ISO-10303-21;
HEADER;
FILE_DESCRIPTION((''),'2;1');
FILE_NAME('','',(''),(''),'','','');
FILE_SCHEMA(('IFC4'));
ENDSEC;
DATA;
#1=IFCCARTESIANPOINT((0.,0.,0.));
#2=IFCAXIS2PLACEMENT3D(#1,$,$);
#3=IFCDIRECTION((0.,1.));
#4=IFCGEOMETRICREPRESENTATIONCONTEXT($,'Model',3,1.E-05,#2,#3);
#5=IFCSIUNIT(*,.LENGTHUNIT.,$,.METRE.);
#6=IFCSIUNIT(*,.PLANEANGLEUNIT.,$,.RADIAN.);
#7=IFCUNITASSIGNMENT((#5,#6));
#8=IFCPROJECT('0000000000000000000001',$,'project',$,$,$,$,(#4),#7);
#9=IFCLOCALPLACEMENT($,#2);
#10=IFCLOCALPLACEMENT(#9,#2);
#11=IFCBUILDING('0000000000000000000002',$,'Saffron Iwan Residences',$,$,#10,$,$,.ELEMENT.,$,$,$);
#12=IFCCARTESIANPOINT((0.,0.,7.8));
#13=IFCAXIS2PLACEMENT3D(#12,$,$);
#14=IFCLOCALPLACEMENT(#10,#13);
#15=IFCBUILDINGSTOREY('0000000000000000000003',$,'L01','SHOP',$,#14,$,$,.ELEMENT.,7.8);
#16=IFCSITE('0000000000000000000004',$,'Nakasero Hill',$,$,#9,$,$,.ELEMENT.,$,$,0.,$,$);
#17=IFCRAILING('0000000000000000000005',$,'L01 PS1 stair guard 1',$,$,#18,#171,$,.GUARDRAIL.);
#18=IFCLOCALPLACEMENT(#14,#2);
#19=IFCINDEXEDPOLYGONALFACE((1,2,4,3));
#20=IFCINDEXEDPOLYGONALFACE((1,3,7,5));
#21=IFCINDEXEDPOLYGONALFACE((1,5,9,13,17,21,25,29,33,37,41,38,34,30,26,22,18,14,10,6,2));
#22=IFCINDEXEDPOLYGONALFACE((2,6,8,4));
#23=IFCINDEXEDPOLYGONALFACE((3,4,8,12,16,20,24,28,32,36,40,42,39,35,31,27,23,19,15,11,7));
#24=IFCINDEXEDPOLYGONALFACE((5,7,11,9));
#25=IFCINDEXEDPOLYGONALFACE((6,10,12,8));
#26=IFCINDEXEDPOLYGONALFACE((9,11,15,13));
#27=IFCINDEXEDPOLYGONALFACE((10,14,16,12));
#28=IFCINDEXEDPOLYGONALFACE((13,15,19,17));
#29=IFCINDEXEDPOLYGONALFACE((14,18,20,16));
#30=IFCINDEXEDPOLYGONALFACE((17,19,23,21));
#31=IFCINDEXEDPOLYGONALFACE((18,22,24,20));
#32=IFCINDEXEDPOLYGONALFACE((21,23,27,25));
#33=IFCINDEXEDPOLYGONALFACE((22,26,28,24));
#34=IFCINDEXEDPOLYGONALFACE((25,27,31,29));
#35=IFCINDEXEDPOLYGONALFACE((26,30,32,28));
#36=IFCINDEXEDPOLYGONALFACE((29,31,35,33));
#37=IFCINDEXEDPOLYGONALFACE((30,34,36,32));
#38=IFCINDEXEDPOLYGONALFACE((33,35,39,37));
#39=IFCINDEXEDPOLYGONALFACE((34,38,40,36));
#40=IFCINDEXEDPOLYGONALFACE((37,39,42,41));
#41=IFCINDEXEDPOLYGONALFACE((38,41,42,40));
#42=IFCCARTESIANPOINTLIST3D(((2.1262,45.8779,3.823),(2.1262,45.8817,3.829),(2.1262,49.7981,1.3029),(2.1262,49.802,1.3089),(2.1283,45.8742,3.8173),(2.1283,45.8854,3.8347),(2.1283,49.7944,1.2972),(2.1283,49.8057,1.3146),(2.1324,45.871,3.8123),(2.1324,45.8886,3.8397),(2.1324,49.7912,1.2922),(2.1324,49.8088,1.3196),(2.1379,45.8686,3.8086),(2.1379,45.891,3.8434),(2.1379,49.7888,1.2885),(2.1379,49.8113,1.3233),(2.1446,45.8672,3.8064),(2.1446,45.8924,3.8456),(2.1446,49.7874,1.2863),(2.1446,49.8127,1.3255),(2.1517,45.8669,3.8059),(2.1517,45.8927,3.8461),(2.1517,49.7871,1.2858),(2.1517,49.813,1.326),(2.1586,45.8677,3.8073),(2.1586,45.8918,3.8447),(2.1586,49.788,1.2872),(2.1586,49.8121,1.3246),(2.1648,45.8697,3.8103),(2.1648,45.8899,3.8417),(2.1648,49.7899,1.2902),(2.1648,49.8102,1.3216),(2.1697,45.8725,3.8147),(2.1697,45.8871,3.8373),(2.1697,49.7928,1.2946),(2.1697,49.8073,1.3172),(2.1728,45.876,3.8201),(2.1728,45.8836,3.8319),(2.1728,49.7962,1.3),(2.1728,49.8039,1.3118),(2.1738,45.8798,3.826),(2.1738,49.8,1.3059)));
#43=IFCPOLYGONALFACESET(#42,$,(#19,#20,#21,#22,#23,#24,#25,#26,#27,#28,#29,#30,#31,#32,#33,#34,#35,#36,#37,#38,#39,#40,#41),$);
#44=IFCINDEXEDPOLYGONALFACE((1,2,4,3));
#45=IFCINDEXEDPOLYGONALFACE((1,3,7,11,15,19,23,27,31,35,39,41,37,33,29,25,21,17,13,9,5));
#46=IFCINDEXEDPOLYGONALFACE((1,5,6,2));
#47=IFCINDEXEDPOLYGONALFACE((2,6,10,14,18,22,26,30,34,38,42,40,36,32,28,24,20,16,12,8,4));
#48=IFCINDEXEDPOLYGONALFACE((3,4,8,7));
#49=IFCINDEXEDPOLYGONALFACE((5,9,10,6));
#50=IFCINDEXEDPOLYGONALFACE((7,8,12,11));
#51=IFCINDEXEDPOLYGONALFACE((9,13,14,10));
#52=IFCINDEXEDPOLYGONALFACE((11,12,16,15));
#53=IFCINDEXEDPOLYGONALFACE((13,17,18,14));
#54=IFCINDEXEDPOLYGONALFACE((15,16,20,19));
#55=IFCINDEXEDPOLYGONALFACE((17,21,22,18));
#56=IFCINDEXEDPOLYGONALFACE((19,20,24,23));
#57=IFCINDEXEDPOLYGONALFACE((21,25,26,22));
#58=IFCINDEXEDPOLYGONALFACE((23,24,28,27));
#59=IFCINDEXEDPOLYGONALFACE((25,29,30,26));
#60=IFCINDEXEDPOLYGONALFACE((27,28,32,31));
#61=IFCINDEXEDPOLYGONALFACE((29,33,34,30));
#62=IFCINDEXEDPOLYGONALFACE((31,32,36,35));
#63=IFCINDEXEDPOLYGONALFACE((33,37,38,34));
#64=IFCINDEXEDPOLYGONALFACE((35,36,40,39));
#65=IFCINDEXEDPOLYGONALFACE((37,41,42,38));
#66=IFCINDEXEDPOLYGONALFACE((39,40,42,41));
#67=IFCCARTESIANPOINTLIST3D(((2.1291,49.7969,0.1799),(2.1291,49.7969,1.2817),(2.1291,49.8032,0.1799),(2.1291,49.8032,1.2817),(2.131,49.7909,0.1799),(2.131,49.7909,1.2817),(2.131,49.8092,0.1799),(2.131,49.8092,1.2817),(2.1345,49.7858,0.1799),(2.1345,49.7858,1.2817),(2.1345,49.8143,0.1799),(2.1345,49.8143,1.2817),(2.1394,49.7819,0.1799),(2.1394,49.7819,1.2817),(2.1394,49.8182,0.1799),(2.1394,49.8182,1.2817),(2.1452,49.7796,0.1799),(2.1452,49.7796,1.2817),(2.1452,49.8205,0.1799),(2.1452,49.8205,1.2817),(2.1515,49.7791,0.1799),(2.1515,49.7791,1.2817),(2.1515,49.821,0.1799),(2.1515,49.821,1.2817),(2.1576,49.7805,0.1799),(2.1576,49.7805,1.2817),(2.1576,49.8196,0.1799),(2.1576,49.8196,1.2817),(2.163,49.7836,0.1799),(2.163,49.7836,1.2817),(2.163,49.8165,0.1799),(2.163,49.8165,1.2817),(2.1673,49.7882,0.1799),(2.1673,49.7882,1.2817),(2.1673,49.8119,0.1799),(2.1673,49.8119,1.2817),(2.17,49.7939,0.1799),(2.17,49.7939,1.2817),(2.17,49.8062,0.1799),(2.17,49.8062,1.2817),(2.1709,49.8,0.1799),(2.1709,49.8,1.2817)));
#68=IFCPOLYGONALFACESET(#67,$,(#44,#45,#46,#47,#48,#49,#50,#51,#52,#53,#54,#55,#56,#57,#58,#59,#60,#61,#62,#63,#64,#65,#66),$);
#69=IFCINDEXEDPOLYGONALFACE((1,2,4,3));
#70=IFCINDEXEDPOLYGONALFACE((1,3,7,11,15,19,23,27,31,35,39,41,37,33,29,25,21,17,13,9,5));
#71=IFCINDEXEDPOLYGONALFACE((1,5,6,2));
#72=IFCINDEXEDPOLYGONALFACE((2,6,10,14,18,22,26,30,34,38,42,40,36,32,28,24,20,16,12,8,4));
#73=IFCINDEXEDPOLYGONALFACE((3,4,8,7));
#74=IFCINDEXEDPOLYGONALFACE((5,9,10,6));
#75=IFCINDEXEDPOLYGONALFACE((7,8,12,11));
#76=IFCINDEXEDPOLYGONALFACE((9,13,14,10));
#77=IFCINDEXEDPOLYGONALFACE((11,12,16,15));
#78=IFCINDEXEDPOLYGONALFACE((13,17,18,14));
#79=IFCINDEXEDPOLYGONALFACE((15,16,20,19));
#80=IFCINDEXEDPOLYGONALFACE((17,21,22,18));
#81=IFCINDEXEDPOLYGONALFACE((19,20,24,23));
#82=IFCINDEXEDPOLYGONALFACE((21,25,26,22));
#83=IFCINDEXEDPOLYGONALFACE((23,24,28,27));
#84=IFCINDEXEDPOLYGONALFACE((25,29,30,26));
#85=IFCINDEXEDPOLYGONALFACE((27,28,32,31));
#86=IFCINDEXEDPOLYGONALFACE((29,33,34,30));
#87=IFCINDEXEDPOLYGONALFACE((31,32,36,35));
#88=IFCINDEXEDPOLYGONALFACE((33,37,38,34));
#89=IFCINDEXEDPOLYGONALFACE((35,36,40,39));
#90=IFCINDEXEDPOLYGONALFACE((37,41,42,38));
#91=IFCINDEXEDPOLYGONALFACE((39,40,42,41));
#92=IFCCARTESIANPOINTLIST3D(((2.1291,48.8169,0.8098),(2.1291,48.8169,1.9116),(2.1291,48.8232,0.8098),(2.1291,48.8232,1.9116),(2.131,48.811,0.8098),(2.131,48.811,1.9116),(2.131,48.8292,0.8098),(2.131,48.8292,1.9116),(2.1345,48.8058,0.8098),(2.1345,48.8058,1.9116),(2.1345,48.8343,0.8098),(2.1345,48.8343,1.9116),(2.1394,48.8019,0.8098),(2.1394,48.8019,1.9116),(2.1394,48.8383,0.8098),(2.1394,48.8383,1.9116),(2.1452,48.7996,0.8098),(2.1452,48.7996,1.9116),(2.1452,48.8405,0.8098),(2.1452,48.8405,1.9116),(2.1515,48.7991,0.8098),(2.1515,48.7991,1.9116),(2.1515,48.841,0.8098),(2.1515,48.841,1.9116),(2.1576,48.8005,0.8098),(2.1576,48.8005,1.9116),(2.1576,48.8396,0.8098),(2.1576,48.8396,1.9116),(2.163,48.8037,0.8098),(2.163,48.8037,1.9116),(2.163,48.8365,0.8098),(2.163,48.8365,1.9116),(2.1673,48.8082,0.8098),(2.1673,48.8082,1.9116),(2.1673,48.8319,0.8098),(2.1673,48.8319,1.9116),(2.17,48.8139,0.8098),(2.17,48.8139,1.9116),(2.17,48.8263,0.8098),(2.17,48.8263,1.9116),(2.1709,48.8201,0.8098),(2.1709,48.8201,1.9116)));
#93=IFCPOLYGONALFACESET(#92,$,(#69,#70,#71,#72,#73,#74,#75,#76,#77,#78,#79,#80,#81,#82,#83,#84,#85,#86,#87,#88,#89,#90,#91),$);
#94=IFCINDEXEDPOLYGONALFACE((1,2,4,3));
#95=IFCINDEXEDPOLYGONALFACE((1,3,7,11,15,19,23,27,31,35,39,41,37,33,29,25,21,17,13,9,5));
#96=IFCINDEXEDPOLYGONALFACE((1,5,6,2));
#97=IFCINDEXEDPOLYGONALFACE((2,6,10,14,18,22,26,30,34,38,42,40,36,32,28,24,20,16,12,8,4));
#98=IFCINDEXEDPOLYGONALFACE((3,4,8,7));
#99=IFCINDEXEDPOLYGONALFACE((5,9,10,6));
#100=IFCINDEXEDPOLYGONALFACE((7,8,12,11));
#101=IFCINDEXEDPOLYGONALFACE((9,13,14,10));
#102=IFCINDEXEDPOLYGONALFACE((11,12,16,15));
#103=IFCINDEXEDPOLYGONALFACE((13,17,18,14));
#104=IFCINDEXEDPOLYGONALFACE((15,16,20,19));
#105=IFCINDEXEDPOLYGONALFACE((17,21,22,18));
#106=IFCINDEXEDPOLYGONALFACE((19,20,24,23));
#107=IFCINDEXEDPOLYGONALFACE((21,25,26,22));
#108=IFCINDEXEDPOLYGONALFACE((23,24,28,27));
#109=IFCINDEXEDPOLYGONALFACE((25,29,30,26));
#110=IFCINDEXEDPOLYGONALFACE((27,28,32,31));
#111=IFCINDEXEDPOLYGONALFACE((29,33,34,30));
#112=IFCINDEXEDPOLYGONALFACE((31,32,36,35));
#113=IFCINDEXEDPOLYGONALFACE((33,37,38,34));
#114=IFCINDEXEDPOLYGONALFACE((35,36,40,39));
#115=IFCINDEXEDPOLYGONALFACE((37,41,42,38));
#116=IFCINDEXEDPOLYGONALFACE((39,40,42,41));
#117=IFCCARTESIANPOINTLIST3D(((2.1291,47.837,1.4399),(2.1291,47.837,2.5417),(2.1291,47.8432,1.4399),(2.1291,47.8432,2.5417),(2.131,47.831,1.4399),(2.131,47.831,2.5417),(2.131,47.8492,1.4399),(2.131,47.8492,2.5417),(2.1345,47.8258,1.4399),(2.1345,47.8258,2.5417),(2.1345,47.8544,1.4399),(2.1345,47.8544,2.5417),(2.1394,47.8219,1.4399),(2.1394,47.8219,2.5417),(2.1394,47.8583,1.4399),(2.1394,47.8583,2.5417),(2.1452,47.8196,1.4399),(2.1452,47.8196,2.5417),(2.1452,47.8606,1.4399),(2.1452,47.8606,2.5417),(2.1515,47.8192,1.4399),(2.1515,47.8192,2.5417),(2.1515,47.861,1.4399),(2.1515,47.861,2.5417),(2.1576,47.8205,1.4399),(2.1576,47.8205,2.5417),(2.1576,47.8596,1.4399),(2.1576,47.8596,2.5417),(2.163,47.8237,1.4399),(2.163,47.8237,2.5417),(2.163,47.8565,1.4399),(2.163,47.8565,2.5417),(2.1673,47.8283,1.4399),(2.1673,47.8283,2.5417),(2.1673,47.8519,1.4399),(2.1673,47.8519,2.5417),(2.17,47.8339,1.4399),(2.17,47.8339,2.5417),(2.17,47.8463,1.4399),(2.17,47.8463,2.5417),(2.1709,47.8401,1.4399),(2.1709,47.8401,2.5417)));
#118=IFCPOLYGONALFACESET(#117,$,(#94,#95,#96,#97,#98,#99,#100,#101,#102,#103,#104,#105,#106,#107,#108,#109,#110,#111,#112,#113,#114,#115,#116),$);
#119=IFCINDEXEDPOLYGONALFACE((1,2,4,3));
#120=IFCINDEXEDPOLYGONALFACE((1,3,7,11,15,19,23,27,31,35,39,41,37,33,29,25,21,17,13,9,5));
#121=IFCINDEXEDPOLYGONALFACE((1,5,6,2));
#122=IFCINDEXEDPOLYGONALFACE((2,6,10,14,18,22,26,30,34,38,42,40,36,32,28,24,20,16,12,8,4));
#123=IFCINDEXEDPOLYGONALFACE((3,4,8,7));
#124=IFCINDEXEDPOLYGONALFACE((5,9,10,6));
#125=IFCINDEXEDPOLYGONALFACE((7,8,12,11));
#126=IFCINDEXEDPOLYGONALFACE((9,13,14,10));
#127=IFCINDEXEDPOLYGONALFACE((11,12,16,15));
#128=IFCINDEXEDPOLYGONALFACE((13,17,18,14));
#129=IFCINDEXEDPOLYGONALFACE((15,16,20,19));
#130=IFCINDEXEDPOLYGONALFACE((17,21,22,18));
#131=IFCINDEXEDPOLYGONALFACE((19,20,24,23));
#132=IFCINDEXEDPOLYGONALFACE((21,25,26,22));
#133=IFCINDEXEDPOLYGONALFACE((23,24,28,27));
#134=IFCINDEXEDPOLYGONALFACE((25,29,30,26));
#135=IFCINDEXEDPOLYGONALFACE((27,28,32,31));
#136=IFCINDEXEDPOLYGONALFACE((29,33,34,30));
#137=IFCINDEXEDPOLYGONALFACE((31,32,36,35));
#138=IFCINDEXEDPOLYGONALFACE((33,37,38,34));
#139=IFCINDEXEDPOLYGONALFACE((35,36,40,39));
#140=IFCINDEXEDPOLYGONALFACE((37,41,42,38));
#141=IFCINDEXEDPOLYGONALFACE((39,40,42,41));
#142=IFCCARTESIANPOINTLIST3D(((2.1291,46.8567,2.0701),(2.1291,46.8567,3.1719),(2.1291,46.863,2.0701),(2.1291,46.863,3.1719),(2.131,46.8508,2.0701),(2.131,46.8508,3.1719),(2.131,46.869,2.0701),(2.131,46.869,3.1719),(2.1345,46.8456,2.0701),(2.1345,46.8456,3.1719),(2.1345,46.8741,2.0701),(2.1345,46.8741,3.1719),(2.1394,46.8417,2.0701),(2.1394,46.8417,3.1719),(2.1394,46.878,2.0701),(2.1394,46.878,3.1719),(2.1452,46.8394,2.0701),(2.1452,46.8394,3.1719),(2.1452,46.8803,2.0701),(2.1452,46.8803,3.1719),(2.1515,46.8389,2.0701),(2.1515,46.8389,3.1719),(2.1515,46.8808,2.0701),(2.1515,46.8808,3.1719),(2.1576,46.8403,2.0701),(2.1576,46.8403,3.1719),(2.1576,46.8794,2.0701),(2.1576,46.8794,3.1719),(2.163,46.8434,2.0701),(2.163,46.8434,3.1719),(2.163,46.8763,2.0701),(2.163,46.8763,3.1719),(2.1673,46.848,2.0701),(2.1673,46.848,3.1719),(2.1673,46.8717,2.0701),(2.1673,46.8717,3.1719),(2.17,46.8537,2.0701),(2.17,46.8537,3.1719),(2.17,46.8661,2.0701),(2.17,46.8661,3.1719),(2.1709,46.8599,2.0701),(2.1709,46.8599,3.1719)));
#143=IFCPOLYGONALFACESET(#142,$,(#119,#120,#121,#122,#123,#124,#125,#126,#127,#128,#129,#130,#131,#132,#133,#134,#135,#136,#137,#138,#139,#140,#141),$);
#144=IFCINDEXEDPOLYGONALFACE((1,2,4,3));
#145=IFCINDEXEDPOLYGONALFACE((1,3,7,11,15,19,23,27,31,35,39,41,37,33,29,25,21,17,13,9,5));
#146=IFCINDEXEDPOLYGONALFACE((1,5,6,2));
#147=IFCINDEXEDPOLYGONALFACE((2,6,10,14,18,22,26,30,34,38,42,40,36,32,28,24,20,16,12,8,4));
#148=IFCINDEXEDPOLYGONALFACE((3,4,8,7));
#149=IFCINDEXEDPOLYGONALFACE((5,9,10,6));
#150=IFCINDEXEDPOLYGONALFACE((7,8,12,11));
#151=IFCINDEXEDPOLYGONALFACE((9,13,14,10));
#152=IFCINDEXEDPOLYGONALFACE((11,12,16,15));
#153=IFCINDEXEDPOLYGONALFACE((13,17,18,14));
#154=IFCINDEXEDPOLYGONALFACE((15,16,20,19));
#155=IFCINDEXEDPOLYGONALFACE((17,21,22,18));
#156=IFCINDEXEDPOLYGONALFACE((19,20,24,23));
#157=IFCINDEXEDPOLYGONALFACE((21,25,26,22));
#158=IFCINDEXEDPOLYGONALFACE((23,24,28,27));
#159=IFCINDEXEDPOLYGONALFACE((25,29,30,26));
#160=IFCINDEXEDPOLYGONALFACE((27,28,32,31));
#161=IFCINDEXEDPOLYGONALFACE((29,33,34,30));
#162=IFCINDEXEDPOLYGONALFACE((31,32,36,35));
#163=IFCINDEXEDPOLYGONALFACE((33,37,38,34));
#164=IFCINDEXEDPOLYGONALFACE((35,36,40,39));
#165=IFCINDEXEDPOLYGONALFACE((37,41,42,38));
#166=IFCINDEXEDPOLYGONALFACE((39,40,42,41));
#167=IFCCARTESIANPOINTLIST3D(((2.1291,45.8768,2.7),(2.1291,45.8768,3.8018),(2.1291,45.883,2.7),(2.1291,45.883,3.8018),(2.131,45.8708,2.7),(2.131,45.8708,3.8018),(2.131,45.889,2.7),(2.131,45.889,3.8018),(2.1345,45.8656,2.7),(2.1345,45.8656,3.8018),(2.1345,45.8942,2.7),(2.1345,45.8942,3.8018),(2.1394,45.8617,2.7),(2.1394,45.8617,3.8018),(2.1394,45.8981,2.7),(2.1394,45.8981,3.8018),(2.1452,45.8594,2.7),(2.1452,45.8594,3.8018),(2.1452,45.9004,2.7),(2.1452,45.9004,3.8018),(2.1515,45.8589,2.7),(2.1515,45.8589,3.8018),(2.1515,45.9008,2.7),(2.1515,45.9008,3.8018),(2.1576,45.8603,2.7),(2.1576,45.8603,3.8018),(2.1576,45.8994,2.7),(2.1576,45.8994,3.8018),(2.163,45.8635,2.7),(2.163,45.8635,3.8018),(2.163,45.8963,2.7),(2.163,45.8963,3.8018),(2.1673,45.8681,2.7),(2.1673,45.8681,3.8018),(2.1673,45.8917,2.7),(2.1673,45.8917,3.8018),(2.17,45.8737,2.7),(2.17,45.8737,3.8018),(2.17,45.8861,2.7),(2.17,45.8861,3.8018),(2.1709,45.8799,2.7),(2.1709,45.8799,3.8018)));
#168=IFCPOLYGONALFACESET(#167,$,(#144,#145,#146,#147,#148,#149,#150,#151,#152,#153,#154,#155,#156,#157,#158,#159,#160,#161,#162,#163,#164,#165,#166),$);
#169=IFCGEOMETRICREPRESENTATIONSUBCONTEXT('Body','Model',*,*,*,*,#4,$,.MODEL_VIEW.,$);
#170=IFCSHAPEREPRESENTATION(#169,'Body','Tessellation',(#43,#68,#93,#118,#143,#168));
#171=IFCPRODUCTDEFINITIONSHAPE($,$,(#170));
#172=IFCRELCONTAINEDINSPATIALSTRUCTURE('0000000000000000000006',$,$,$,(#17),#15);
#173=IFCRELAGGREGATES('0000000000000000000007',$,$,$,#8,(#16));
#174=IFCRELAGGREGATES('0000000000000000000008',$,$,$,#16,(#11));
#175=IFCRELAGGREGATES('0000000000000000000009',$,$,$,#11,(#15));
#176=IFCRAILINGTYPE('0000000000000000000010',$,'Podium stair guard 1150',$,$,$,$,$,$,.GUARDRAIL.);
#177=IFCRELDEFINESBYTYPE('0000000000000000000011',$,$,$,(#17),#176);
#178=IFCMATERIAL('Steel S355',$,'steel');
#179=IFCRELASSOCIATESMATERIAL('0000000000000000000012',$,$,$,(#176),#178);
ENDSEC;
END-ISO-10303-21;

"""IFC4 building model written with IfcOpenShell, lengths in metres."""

from ifc_helpers import new_model, si_unit, direction, frame, origin, origin_2d, place, context, subcontext, project, spatial, circle, extrude, material, type_object, element, save


model = new_model("IFC4")

# Units and contexts
model_context = context("Model", 3, precision=1e-05, world=origin(), true_north=direction((0.0, 1.0)))
body_context = subcontext(model_context, "Body", "Model", "MODEL_VIEW")
ifc_project = project(units=[si_unit("LENGTHUNIT", "METRE"), si_unit("PLANEANGLEUNIT", "RADIAN")], contexts=[model_context])

# Site, building, storey
site_placement = place(None, origin())
site = spatial("IfcSite", under=ifc_project, at=site_placement, Name="Nakasero Hill", CompositionType="ELEMENT", RefElevation=0.0)
building_placement = place(site_placement, origin())
building = spatial("IfcBuilding", under=site, at=building_placement, Name="Saffron Iwan Residences", CompositionType="ELEMENT")
storey_placement = place(building_placement, frame((0.0, 0.0, 7.8)))
storey = spatial("IfcBuildingStorey", under=building, at=storey_placement, Name="L01", Description="SHOP", CompositionType="ELEMENT", Elevation=7.8)

# Railing
ifc_material_1 = material(Name="Steel S355", Category="steel")
railing_type_1 = type_object("IfcRailingType", Name="Podium stair guard 1150", PredefinedType="GUARDRAIL", material=ifc_material_1)
railing_1_placement = place(storey_placement, frame((2.1499, 49.8, 0.1799)))
element("IfcRailing", 1, at=railing_1_placement, inside=storey, type_object=railing_type_1, Name="L01 PS1 stair guard 1", PredefinedType="GUARDRAIL", context=body_context, shape_type="SweptSolid", body=[
    extrude(circle(Radius=0.0239, at=origin_2d()), frame((0.0, 0.0, 1.126), z_axis=(0.0, -0.841187, 0.540744), x_axis=(1.0, 0.0, 0.0)), (0.0, 0.0, 1.0), 4.6604),
    extrude(circle(Radius=0.021, at=origin_2d()), origin(), (0.0, 0.0, 1.0), 1.1018),
    extrude(circle(Radius=0.021, at=origin_2d()), frame((0.0, -0.98, 0.6299)), (0.0, 0.0, 1.0), 1.1018),
    extrude(circle(Radius=0.021, at=origin_2d()), frame((0.0, -1.96, 1.26)), (0.0, 0.0, 1.0), 1.1018),
    extrude(circle(Radius=0.021, at=origin_2d()), frame((0.0, -2.9402, 1.8901)), (0.0, 0.0, 1.0), 1.1018),
    extrude(circle(Radius=0.021, at=origin_2d()), frame((0.0, -3.9202, 2.52)), (0.0, 0.0, 1.0), 1.1018),
])

save(model, "model.ifc")
